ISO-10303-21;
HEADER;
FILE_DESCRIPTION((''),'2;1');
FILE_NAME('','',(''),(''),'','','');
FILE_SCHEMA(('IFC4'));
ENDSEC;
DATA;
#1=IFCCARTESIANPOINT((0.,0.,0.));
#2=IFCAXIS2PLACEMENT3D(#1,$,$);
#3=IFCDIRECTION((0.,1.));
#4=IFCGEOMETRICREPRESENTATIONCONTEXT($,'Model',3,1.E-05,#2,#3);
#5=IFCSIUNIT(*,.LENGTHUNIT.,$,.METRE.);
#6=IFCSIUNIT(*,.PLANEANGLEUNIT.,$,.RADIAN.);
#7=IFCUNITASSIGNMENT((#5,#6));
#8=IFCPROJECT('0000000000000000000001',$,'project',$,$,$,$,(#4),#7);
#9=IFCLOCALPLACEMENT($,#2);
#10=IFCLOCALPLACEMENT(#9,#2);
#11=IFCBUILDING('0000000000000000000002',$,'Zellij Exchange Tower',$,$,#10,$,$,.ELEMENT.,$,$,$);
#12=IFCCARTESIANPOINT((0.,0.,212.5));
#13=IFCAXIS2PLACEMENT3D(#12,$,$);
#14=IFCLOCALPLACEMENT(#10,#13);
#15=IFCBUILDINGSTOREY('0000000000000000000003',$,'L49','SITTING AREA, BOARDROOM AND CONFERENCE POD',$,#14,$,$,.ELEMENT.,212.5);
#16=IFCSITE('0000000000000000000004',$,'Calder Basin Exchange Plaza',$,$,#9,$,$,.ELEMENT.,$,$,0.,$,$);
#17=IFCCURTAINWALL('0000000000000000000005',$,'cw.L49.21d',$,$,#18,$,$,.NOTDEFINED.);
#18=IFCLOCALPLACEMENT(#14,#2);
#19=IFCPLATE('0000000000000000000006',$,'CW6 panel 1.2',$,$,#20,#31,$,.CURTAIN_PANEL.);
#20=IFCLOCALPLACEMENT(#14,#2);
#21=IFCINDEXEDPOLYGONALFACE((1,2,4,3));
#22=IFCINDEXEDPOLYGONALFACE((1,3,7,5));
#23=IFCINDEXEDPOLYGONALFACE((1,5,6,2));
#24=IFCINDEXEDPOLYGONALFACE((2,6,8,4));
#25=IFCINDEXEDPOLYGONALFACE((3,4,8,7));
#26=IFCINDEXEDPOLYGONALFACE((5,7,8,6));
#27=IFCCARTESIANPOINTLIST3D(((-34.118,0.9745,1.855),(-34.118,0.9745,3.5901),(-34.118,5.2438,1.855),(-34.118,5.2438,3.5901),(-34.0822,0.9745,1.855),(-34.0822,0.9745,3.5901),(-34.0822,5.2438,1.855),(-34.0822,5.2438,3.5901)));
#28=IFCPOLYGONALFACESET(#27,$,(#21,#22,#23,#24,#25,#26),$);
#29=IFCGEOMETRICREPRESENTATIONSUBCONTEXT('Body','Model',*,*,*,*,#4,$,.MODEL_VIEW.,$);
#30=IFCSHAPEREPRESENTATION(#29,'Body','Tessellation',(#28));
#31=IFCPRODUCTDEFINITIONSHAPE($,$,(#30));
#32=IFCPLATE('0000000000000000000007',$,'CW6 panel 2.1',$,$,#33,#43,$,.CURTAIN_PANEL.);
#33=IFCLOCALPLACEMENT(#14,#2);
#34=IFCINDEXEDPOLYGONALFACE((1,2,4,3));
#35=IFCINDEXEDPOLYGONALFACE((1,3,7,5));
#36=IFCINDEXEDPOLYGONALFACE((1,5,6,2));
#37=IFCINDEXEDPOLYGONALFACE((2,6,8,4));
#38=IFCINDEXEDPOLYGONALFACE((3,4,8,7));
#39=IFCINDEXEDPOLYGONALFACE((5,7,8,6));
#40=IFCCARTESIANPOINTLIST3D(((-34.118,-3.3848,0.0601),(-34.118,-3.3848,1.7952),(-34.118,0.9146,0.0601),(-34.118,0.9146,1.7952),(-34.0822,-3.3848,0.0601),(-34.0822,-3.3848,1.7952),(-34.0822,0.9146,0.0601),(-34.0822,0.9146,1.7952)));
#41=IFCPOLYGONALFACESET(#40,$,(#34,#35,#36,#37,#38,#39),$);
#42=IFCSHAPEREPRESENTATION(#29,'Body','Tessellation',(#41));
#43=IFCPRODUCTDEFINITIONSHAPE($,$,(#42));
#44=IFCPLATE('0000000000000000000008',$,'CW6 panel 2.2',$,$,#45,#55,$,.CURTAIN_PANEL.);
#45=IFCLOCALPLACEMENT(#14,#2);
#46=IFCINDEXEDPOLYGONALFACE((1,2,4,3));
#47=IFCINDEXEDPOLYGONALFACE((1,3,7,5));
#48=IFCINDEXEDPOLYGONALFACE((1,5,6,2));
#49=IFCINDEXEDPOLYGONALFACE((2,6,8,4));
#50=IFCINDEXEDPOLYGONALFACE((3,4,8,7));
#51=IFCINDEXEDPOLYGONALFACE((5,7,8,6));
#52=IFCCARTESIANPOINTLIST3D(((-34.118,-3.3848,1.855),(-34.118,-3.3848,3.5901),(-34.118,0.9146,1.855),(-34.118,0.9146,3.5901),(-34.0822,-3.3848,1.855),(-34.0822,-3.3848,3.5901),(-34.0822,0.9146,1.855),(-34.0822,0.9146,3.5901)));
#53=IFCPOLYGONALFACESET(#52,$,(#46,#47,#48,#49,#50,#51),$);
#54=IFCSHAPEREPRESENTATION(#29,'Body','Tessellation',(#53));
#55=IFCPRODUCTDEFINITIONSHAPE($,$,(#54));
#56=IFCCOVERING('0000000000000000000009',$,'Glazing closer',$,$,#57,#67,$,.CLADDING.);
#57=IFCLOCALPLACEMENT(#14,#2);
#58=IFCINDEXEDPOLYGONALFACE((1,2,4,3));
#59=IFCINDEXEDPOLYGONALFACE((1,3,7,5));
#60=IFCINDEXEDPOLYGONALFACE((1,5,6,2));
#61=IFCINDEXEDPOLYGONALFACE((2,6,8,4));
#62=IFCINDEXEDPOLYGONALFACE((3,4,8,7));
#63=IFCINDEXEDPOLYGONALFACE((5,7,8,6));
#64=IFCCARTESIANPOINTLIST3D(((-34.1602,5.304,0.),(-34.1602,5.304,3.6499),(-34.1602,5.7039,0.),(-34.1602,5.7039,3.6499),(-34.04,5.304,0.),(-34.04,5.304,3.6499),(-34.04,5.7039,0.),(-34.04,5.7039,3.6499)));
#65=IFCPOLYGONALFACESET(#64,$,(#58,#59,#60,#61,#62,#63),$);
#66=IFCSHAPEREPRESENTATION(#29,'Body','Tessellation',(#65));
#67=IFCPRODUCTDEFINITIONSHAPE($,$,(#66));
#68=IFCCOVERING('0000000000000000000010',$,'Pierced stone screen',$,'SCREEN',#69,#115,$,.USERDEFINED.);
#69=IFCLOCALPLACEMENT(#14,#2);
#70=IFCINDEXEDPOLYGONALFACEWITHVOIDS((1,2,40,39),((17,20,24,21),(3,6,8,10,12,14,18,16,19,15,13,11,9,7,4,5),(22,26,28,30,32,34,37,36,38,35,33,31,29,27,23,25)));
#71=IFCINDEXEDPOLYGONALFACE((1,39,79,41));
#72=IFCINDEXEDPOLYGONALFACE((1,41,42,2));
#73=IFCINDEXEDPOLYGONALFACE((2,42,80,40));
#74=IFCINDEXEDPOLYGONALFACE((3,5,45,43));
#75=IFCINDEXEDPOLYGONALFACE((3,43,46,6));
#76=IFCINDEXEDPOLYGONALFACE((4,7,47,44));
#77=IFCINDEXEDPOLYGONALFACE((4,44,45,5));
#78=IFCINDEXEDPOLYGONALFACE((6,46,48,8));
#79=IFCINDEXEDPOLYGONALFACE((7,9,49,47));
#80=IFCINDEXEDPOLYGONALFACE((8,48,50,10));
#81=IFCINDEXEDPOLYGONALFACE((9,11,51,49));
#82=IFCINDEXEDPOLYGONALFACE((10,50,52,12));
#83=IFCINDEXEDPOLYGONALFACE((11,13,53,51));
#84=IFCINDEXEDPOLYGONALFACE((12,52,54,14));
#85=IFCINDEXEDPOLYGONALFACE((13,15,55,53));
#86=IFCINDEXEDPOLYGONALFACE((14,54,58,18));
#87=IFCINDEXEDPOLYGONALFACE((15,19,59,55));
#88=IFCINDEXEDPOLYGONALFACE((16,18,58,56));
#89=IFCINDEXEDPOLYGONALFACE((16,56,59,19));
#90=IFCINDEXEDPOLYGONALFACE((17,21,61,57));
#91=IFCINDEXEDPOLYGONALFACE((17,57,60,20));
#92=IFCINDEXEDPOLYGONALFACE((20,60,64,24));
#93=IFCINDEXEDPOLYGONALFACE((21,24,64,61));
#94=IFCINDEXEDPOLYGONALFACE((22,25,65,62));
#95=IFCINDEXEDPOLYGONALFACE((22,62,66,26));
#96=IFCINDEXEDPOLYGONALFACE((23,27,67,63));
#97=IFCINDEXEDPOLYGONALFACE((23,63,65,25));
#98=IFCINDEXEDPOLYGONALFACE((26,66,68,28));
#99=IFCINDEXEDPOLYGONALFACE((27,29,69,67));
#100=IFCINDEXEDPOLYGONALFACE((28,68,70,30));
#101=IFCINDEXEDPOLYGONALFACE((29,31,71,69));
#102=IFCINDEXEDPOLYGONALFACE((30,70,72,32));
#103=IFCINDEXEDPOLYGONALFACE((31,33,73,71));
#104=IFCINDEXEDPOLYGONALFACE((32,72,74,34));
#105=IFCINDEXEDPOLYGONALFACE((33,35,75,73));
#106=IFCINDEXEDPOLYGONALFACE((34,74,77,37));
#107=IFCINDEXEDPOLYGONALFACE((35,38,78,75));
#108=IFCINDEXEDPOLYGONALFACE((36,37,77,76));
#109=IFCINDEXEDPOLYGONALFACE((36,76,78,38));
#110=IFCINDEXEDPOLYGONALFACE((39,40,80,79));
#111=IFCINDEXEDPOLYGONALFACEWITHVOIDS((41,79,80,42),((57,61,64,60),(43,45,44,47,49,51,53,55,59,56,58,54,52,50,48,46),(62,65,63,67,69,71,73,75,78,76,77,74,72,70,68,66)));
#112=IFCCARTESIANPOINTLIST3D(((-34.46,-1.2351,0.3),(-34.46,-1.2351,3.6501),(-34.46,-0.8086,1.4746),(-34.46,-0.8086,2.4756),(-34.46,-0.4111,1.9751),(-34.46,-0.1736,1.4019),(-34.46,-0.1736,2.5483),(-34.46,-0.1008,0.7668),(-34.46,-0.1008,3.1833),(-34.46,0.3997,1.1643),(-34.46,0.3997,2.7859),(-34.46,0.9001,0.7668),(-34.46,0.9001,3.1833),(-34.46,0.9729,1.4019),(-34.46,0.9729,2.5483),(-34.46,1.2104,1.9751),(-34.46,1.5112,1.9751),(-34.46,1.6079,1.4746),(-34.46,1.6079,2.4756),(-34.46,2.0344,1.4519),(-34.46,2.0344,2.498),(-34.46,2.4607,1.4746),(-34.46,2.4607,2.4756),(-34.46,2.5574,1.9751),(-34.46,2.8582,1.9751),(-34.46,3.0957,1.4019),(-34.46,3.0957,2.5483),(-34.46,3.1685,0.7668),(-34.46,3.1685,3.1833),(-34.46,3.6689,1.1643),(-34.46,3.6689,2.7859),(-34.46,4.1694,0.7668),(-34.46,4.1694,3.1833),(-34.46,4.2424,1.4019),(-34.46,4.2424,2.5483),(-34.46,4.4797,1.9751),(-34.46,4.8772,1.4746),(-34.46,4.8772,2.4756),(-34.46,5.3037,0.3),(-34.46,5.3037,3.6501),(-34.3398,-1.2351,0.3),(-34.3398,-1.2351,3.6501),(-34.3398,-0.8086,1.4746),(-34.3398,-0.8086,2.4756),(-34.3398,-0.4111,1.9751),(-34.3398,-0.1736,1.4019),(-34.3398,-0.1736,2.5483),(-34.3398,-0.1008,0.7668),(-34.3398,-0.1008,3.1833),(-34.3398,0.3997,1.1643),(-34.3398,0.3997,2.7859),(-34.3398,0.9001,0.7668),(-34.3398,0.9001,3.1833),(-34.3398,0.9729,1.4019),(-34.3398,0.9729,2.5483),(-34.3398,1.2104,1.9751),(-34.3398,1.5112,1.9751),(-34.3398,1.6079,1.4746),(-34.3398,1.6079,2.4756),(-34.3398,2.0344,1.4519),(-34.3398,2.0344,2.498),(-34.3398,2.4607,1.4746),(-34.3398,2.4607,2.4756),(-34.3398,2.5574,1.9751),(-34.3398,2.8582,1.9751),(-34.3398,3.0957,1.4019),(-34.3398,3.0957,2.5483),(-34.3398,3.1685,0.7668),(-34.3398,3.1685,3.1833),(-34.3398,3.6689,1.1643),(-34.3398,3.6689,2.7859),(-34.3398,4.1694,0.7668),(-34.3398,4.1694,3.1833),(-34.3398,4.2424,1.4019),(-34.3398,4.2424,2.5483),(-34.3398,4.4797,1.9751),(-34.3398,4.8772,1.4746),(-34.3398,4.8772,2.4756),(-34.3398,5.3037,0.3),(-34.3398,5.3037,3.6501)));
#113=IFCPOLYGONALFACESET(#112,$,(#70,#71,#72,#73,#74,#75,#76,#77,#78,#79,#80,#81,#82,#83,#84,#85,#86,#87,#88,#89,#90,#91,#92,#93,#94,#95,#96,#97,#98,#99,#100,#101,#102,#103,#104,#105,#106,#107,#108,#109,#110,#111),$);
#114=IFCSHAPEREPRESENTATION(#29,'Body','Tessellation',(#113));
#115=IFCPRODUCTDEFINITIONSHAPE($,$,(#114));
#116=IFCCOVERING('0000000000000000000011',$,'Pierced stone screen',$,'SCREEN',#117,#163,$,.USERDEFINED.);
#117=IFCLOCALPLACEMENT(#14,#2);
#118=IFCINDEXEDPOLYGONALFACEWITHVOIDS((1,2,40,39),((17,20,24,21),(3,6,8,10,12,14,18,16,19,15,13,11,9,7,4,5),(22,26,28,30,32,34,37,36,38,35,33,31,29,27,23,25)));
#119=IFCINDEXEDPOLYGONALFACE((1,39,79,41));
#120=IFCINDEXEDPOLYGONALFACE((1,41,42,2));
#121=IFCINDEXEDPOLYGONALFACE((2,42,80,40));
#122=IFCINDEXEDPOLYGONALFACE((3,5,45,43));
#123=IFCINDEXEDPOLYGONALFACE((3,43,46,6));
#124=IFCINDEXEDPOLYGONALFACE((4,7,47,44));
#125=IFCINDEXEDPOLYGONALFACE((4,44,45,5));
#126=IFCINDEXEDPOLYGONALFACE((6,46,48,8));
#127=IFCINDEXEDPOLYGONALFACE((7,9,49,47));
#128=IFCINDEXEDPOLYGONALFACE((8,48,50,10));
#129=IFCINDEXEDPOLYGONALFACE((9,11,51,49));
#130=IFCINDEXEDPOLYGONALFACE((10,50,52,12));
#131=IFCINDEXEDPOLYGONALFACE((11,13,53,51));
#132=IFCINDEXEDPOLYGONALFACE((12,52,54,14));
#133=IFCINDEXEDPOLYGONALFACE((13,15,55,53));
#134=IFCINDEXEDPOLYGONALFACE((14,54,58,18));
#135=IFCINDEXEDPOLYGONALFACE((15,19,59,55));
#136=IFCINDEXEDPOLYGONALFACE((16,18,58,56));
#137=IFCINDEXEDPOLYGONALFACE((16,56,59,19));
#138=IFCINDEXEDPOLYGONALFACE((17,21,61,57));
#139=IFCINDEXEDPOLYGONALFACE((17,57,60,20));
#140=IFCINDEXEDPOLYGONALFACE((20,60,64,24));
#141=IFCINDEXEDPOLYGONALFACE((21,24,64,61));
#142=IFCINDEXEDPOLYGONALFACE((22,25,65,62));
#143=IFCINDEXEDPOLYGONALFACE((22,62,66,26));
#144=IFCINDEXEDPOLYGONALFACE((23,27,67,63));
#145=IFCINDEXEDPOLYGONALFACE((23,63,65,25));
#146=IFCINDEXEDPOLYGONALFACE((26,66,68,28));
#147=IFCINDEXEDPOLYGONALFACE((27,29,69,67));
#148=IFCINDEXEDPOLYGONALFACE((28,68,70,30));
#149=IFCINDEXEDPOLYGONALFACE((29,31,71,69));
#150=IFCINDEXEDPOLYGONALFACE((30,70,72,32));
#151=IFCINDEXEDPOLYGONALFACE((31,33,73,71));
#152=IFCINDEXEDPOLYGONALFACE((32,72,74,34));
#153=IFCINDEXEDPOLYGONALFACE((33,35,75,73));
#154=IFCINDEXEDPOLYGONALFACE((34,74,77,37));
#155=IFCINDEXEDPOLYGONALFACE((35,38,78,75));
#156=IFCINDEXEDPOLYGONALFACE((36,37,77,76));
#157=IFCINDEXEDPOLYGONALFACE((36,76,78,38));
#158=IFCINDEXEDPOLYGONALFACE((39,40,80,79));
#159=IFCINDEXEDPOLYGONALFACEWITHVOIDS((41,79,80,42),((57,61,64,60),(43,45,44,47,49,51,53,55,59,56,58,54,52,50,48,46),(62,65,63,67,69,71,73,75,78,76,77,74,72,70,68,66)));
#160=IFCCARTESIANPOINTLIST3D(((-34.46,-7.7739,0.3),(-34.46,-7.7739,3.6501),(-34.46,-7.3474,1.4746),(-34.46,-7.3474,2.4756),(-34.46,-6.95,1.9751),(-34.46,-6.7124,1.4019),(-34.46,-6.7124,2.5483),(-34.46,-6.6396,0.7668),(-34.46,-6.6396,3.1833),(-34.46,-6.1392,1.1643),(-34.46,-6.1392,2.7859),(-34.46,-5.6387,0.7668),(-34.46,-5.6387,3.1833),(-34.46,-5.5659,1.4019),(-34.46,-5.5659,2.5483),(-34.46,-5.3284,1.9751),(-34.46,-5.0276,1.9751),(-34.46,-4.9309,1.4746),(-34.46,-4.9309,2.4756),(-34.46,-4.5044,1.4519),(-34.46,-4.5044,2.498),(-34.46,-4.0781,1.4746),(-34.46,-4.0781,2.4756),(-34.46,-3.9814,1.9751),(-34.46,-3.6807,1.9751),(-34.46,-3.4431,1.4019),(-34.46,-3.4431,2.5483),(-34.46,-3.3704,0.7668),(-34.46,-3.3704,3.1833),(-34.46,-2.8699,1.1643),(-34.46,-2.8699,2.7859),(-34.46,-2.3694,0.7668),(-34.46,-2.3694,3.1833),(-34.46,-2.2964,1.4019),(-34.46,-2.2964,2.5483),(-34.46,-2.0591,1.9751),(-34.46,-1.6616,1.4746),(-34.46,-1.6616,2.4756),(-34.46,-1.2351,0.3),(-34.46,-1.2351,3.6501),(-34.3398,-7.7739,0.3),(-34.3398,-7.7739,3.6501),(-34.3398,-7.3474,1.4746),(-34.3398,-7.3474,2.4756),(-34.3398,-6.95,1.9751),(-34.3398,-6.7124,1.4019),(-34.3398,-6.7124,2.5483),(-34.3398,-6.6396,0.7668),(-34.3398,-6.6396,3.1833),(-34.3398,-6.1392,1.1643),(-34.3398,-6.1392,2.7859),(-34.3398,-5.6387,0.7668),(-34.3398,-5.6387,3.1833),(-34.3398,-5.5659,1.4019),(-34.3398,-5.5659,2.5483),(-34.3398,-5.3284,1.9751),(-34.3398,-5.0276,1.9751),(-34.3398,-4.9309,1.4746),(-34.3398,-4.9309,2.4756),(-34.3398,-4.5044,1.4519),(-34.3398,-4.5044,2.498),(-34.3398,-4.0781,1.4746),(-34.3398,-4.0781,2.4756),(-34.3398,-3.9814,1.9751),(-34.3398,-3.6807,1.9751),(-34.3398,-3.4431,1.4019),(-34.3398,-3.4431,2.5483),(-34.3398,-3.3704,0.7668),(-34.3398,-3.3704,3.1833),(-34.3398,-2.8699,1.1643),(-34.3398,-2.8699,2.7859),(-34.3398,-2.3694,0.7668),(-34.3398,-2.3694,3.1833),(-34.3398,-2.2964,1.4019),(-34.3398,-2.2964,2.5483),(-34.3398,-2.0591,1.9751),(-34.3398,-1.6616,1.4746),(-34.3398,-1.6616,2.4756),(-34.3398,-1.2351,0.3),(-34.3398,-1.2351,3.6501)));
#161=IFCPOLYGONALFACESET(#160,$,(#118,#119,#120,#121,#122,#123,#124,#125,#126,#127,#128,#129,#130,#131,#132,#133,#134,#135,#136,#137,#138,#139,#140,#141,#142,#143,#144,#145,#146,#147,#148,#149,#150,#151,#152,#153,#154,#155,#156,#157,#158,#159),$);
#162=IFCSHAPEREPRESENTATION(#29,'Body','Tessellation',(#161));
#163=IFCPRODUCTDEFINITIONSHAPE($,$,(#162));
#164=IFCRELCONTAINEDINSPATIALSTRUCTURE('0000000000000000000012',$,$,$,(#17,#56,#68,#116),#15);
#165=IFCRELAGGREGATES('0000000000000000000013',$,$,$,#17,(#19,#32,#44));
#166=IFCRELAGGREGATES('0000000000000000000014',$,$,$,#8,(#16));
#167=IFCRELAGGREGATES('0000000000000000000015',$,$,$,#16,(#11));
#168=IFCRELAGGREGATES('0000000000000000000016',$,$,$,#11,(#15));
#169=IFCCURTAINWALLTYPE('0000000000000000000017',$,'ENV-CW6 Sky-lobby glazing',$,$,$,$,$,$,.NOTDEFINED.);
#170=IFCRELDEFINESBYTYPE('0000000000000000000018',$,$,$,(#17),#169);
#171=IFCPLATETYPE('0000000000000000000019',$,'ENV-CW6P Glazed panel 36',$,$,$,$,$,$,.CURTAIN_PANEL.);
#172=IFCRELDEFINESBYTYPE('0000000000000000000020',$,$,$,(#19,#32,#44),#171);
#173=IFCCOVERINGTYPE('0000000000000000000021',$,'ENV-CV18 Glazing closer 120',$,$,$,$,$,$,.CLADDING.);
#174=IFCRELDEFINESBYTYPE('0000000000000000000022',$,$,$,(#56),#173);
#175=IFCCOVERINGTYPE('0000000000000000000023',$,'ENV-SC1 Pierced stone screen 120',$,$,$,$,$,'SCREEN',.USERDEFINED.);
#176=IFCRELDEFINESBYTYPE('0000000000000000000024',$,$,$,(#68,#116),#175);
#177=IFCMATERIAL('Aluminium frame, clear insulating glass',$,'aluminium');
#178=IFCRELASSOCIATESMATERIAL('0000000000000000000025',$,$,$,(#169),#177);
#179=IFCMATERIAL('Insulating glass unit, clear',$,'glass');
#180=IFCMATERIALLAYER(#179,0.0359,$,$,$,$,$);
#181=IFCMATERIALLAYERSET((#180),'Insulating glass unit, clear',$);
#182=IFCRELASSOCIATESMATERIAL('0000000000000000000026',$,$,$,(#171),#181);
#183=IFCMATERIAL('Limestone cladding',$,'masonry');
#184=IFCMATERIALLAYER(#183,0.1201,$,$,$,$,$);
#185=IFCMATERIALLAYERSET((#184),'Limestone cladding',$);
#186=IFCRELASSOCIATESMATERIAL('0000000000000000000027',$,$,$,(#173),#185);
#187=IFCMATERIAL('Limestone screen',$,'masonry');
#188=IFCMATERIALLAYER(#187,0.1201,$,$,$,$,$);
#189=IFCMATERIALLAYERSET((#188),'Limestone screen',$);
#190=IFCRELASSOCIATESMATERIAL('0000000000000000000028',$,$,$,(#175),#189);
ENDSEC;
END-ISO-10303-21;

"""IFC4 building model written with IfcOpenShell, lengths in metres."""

from ifc_helpers import new_model, si_unit, direction, frame, origin, origin_2d, place, context, subcontext, project, spatial, polyline, rectangle, outline, extrude, material, layer, layer_set, type_object, element, aggregate, save


model = new_model("IFC4")

# Units and contexts
model_context = context("Model", 3, precision=1e-05, world=origin(), true_north=direction((0.0, 1.0)))
body_context = subcontext(model_context, "Body", "Model", "MODEL_VIEW")
ifc_project = project(units=[si_unit("LENGTHUNIT", "METRE"), si_unit("PLANEANGLEUNIT", "RADIAN")], contexts=[model_context])

# Site, building, storey
site_placement = place(None, origin())
site = spatial("IfcSite", under=ifc_project, at=site_placement, Name="Calder Basin Exchange Plaza", CompositionType="ELEMENT", RefElevation=0.0)
building_placement = place(site_placement, origin())
building = spatial("IfcBuilding", under=site, at=building_placement, Name="Zellij Exchange Tower", CompositionType="ELEMENT")
storey_placement = place(building_placement, frame((0.0, 0.0, 212.5)))
storey = spatial("IfcBuildingStorey", under=building, at=storey_placement, Name="L49", Description="SITTING AREA, BOARDROOM AND CONFERENCE POD", CompositionType="ELEMENT", Elevation=212.5)

# Curtain wall
ifc_material_1 = material(Name="Aluminium frame, clear insulating glass", Category="aluminium")
curtain_wall_type = type_object("IfcCurtainWallType", Name="ENV-CW6 Sky-lobby glazing", PredefinedType="NOTDEFINED", material=ifc_material_1)
curtain_wall_1_placement = place(storey_placement, origin())
curtain_wall_1 = element("IfcCurtainWall", 1, at=curtain_wall_1_placement, inside=storey, type_object=curtain_wall_type, Name="cw.L49.21d", PredefinedType="NOTDEFINED")

# Plates
ifc_material_2 = material(Name="Insulating glass unit, clear", Category="glass")
ifc_layer_1 = layer(ifc_material_2, 0.0359)
ifc_layer_set_1 = layer_set([ifc_layer_1], Name="Insulating glass unit, clear")
plate_type = type_object("IfcPlateType", Name="ENV-CW6P Glazed panel 36", PredefinedType="CURTAIN_PANEL", material=ifc_layer_set_1)
plate_1_placement = place(storey_placement, frame((-34.1001, 3.1091, 1.855), z_axis=(0.0, 0.0, 1.0), x_axis=(0.0, -1.0, 0.0)))
plate_1 = element("IfcPlate", 2, at=plate_1_placement, type_object=plate_type, Name="CW6 panel 1.2", PredefinedType="CURTAIN_PANEL", context=body_context, shape_type="SweptSolid", body=[
    extrude(rectangle(XDim=4.2693, YDim=0.0359, at=origin_2d()), origin(), (0.0, 0.0, 1.0), 1.7351),
])
plate_2_placement = place(storey_placement, frame((-34.1001, -1.2351, 0.0601), z_axis=(0.0, 0.0, 1.0), x_axis=(0.0, -1.0, 0.0)))
plate_2 = element("IfcPlate", 3, at=plate_2_placement, type_object=plate_type, Name="CW6 panel 2.1", PredefinedType="CURTAIN_PANEL", context=body_context, shape_type="SweptSolid", body=[
    extrude(rectangle(XDim=4.2993, YDim=0.0359, at=origin_2d()), origin(), (0.0, 0.0, 1.0), 1.7351),
])
plate_3_placement = place(storey_placement, frame((-34.1001, -1.2351, 1.855), z_axis=(0.0, 0.0, 1.0), x_axis=(0.0, -1.0, 0.0)))
plate_3 = element("IfcPlate", 4, at=plate_3_placement, type_object=plate_type, Name="CW6 panel 2.2", PredefinedType="CURTAIN_PANEL", context=body_context, shape_type="SweptSolid", body=[
    extrude(rectangle(XDim=4.2993, YDim=0.0359, at=origin_2d()), origin(), (0.0, 0.0, 1.0), 1.7351),
])
aggregate(curtain_wall_1, [plate_1, plate_2, plate_3])

# Coverings
ifc_material_3 = material(Name="Limestone cladding", Category="masonry")
ifc_layer_2 = layer(ifc_material_3, 0.1201)
ifc_layer_set_2 = layer_set([ifc_layer_2], Name="Limestone cladding")
covering_type_1 = type_object("IfcCoveringType", Name="ENV-CV18 Glazing closer 120", PredefinedType="CLADDING", material=ifc_layer_set_2)
covering_placement = place(storey_placement, frame((-34.1001, 5.5039, 0.0), z_axis=(0.0, 0.0, 1.0), x_axis=(0.0, -1.0, 0.0)))
element("IfcCovering", 5, at=covering_placement, inside=storey, type_object=covering_type_1, Name="Glazing closer", PredefinedType="CLADDING", context=body_context, shape_type="SweptSolid", body=[
    extrude(rectangle(XDim=0.3999, YDim=0.1201, at=origin_2d()), origin(), (0.0, 0.0, 1.0), 3.6499),
])
ifc_material_4 = material(Name="Limestone screen", Category="masonry")
ifc_layer_3 = layer(ifc_material_4, 0.1201)
ifc_layer_set_3 = layer_set([ifc_layer_3], Name="Limestone screen")
covering_type_2 = type_object("IfcCoveringType", Name="ENV-SC1 Pierced stone screen 120", ElementType="SCREEN", PredefinedType="USERDEFINED", material=ifc_layer_set_3)
for number, where, z_axis, x_axis, name in (
    (6, (-34.3999, 5.3037, 0.3), (0.0, 0.0, 1.0), (0.0, -1.0, 0.0), "Pierced stone screen"),
    (7, (-34.3999, -1.2351, 0.3), (0.0, 0.0, 1.0), (0.0, -1.0, 0.0), "Pierced stone screen"),
):
    element("IfcCovering", number, at=place(storey_placement, frame(where, z_axis=z_axis, x_axis=x_axis)), inside=storey, type_object=covering_type_2, Name=name, ObjectType="SCREEN", PredefinedType="USERDEFINED", context=body_context, shape_type="SweptSolid", body=[
        extrude(outline(polyline([(0.0, 0.0), (6.5388, 0.0), (6.5388, 3.3501), (0.0, 3.3501), (0.0, 0.0)]), holes=[polyline([(2.843, 2.1755), (2.208, 2.2483), (2.1353, 2.8833), (1.6348, 2.4858), (1.1343, 2.8833), (1.0613, 2.2483), (0.4265, 2.1755), (0.824, 1.675), (0.4265, 1.1746), (1.0613, 1.1018), (1.1343, 0.4668), (1.6348, 0.8643), (2.1353, 0.4668), (2.208, 1.1018), (2.843, 1.1746), (2.4456, 1.675), (2.843, 2.1755)]), polyline([(6.1123, 2.1755), (5.4773, 2.2483), (5.4045, 2.8833), (4.9041, 2.4858), (4.4036, 2.8833), (4.3308, 2.2483), (3.6958, 2.1755), (4.0933, 1.675), (3.6958, 1.1746), (4.3308, 1.1018), (4.4036, 0.4668), (4.9041, 0.8643), (5.4045, 0.4668), (5.4773, 1.1018), (6.1123, 1.1746), (5.7148, 1.675), (6.1123, 2.1755)]), polyline([(3.7925, 1.675), (3.2693, 2.198), (2.7463, 1.675), (3.2693, 1.1519), (3.7925, 1.675)])]), frame((0.0, 0.0601, 0.0), z_axis=(0.0, -1.0, 0.0), x_axis=(1.0, 0.0, 0.0)), (0.0, 0.0, 1.0), 0.1201),
    ])

save(model, "model.ifc")
